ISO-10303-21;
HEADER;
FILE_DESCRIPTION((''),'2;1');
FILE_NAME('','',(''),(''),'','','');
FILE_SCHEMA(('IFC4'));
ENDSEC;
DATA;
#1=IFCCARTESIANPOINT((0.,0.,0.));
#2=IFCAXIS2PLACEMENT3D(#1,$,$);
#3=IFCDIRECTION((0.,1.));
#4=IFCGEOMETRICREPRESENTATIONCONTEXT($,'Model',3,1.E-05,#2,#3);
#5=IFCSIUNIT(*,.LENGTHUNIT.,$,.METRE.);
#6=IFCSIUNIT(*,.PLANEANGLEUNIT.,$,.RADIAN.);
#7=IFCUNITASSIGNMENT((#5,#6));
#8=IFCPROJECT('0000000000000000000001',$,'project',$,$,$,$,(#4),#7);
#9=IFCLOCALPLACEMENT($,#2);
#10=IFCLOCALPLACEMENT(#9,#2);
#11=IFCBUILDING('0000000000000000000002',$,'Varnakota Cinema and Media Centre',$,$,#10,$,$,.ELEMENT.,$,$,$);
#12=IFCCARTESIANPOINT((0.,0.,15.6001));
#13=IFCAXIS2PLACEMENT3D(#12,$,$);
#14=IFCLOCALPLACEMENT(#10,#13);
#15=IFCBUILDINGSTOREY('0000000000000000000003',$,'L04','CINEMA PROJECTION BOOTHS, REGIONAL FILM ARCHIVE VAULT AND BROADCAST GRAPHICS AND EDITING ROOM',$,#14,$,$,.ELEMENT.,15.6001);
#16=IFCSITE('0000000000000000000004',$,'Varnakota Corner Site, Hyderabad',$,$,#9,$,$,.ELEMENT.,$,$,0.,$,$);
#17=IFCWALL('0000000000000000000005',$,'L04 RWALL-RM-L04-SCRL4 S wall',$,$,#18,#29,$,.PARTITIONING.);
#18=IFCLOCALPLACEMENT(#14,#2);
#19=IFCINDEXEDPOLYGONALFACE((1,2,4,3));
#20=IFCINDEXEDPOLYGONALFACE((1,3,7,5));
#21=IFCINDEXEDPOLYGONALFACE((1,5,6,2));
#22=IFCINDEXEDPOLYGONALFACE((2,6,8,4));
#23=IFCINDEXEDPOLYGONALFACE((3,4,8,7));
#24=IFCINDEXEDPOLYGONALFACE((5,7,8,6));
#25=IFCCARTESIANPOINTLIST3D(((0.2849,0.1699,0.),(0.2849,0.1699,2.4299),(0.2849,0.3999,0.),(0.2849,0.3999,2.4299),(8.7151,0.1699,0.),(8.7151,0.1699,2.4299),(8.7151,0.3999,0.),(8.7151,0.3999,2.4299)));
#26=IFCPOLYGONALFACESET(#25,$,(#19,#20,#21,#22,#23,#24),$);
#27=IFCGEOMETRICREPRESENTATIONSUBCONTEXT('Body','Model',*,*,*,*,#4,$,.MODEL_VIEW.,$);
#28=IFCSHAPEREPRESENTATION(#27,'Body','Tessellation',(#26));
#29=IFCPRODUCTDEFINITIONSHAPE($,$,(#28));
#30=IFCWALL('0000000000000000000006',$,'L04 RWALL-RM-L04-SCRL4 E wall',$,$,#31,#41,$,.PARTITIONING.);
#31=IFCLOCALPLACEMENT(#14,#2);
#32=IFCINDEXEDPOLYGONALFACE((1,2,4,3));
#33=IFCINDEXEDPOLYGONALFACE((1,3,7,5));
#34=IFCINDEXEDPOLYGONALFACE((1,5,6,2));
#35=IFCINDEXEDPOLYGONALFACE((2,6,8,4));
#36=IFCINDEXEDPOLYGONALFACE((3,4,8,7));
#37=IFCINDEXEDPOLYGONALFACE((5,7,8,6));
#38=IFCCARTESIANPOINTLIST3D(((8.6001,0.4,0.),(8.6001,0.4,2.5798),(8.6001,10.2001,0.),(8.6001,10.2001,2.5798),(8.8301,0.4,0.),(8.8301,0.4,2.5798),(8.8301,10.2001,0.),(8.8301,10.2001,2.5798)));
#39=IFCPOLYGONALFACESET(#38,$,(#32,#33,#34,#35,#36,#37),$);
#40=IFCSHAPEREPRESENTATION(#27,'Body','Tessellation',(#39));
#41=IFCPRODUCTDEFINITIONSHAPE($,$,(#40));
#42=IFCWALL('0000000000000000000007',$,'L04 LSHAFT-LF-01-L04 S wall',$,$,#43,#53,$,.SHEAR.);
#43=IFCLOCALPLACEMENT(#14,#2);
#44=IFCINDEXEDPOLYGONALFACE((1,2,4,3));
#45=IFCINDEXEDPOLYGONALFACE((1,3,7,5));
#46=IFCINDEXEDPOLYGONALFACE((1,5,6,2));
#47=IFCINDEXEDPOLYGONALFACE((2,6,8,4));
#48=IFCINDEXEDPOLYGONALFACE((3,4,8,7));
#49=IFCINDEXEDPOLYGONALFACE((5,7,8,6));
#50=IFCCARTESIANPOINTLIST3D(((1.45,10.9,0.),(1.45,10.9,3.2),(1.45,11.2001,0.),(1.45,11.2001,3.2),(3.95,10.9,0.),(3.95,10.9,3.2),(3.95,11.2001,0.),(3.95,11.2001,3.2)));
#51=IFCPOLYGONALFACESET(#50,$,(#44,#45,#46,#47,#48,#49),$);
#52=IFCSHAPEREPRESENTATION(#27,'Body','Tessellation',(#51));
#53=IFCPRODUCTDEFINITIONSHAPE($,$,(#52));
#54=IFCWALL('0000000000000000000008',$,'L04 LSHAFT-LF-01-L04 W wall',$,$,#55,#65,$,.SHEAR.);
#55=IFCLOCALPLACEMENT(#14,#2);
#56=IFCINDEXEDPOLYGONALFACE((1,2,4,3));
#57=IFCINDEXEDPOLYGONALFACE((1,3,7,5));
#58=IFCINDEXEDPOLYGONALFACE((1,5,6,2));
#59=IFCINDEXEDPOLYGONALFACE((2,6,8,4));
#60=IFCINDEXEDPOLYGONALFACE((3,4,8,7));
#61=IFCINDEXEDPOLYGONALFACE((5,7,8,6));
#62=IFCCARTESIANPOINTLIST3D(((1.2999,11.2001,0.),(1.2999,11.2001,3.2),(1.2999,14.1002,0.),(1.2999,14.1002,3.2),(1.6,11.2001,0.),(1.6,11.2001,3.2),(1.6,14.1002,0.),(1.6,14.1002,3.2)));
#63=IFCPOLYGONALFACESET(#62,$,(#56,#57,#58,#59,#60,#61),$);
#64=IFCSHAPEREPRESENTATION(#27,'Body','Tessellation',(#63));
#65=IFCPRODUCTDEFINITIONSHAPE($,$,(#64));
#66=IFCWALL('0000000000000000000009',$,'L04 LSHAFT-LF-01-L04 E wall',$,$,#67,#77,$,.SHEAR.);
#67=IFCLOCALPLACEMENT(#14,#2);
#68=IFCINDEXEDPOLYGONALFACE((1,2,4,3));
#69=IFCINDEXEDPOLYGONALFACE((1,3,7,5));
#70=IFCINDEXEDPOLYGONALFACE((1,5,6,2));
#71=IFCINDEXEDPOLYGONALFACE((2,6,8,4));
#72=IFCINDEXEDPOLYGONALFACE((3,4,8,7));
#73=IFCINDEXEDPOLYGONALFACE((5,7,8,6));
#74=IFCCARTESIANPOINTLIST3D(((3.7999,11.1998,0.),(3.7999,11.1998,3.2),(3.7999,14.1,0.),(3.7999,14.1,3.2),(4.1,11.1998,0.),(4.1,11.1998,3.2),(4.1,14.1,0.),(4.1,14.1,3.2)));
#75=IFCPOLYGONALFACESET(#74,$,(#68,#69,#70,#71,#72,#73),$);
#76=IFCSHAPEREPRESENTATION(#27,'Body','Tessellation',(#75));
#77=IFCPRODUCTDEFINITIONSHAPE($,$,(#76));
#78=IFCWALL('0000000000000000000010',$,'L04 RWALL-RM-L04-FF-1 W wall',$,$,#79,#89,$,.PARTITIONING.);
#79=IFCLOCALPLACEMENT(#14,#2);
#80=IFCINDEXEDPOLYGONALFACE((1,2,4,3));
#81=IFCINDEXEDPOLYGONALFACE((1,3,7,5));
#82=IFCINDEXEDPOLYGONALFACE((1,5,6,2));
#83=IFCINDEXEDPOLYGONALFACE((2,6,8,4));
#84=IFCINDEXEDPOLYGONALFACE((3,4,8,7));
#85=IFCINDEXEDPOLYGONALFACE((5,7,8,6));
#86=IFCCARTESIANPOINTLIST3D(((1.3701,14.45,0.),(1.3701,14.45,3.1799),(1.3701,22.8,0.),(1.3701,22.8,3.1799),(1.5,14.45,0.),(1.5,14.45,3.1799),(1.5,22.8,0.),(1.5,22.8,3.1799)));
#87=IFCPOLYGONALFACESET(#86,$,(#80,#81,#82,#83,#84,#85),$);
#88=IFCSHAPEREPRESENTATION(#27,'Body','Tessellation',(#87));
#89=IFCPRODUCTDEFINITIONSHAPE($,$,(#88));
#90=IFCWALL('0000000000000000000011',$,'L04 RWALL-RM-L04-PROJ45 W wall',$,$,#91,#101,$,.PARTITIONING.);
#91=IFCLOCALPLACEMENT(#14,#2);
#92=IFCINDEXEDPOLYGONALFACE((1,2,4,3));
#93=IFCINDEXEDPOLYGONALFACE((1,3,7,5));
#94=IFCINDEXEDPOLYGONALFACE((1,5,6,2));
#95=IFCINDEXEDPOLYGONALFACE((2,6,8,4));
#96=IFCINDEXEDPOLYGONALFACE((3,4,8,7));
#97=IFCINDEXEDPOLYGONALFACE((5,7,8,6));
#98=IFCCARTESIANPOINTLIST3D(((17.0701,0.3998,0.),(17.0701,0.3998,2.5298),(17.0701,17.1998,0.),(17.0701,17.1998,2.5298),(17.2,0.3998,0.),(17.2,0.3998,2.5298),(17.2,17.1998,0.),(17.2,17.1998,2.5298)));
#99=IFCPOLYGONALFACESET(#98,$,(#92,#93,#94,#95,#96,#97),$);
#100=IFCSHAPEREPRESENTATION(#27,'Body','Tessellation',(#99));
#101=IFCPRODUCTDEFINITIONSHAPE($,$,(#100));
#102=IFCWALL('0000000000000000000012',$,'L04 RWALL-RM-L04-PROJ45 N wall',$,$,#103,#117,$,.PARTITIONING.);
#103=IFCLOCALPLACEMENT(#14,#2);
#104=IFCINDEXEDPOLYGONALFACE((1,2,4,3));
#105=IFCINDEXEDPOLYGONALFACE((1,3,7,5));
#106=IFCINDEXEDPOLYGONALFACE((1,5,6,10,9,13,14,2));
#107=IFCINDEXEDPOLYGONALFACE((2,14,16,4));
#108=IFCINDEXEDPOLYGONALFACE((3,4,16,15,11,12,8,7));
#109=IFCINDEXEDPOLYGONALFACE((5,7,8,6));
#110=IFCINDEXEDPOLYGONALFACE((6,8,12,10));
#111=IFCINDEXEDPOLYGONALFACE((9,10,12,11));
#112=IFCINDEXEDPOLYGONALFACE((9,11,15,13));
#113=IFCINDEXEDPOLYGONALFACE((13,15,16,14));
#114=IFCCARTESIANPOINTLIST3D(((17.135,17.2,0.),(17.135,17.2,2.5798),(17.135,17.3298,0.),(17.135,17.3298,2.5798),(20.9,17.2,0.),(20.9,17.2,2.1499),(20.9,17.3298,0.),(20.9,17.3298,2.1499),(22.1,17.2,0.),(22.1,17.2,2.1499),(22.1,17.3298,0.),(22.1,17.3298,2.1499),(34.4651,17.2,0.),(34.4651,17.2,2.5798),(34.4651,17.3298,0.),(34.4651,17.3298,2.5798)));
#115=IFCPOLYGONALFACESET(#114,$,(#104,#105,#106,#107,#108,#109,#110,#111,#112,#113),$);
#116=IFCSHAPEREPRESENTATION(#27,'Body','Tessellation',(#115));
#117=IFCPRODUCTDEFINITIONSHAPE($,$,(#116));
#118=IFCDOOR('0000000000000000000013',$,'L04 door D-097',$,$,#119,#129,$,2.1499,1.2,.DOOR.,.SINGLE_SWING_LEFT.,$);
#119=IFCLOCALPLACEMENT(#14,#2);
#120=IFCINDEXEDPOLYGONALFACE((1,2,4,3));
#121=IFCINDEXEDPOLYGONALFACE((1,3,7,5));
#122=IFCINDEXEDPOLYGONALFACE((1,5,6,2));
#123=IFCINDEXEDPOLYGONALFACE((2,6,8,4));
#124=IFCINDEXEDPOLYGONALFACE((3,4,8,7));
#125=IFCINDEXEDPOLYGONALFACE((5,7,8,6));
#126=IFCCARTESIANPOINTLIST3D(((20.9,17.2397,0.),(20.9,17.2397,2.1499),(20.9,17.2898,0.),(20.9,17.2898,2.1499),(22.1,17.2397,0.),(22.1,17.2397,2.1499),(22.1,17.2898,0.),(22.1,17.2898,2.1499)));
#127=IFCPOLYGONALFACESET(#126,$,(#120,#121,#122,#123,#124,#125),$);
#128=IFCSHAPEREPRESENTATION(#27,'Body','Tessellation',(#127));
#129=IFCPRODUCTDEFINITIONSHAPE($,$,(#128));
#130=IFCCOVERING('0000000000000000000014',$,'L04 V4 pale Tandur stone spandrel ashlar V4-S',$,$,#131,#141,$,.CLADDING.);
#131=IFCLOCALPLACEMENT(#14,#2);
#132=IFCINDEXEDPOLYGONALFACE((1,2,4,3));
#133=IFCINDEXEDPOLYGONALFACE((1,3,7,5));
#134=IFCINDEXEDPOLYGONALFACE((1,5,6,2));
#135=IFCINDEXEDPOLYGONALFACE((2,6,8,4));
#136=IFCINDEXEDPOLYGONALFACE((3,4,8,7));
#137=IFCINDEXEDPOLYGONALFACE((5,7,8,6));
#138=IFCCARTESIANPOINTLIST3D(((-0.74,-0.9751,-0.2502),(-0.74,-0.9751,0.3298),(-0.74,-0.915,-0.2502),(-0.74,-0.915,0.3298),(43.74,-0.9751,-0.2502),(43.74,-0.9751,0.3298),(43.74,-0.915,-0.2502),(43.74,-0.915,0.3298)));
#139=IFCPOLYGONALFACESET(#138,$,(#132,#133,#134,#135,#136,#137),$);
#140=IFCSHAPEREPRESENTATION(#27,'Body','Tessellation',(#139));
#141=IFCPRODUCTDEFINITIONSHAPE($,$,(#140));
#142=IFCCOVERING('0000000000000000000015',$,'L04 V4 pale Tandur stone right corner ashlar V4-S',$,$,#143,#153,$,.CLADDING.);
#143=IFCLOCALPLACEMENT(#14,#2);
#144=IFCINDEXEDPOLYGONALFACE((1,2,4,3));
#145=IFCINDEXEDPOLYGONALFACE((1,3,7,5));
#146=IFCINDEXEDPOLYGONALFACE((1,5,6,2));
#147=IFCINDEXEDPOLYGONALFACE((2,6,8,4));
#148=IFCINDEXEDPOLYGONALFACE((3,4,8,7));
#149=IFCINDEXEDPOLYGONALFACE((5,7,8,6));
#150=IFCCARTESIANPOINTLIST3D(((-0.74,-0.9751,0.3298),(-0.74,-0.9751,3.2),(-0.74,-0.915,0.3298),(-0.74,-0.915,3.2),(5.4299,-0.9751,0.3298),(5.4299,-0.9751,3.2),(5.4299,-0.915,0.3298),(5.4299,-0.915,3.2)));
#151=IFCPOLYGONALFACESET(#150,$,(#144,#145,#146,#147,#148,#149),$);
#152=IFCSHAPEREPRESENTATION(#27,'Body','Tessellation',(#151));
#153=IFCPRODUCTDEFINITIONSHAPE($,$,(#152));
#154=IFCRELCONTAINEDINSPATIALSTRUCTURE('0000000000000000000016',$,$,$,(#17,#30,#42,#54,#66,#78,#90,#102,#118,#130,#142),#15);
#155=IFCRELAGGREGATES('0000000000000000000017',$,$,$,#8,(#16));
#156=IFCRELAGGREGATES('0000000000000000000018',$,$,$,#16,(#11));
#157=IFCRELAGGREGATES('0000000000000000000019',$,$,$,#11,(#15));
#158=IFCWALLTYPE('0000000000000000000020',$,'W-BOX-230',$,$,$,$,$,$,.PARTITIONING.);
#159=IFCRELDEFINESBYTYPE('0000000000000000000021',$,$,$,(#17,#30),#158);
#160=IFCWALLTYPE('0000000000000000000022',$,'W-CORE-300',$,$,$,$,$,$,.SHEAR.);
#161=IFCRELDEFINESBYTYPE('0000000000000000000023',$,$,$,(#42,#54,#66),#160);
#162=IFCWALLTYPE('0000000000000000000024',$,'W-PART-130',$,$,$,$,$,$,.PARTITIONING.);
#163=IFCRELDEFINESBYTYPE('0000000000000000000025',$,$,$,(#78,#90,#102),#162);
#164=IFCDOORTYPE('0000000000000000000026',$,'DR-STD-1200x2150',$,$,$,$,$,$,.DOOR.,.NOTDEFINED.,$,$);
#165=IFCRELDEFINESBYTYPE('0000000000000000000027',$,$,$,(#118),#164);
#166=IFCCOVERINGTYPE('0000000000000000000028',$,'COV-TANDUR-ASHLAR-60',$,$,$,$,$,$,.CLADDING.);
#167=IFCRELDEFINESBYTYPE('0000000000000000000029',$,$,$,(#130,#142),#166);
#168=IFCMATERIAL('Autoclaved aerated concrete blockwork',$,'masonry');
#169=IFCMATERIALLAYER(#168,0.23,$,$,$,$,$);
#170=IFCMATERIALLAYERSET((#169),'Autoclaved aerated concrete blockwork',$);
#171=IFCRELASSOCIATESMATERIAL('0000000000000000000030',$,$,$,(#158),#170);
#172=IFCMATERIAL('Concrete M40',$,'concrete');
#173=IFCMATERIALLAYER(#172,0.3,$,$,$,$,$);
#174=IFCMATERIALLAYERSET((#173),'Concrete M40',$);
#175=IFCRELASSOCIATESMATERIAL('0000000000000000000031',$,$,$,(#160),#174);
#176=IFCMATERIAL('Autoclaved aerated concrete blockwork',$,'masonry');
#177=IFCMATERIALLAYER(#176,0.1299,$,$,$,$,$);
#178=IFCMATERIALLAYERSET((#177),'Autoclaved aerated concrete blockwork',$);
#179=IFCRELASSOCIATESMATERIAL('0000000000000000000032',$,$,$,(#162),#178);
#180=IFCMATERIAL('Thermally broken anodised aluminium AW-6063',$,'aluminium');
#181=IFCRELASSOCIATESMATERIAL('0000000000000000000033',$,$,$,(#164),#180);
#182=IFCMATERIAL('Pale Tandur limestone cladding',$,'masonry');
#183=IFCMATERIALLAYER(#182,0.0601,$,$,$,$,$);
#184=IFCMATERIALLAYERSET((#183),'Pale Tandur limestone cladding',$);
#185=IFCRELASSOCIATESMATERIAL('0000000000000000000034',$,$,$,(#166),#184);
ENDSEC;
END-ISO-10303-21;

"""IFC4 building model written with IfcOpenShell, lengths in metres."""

from ifc_helpers import new_model, si_unit, direction, frame, frame_2d, origin, origin_2d, place, context, subcontext, project, spatial, rectangle, extrude, material, layer, layer_set, type_object, element, fill, save


model = new_model("IFC4")

# Units and contexts
model_context = context("Model", 3, precision=1e-05, world=origin(), true_north=direction((0.0, 1.0)))
body_context = subcontext(model_context, "Body", "Model", "MODEL_VIEW")
ifc_project = project(units=[si_unit("LENGTHUNIT", "METRE"), si_unit("PLANEANGLEUNIT", "RADIAN")], contexts=[model_context])

# Site, building, storey
site_placement = place(None, origin())
site = spatial("IfcSite", under=ifc_project, at=site_placement, Name="Varnakota Corner Site, Hyderabad", CompositionType="ELEMENT", RefElevation=0.0)
building_placement = place(site_placement, origin())
building = spatial("IfcBuilding", under=site, at=building_placement, Name="Varnakota Cinema and Media Centre", CompositionType="ELEMENT")
storey_placement = place(building_placement, frame((0.0, 0.0, 15.6001)))
storey = spatial("IfcBuildingStorey", under=building, at=storey_placement, Name="L04", Description="CINEMA PROJECTION BOOTHS, REGIONAL FILM ARCHIVE VAULT AND BROADCAST GRAPHICS AND EDITING ROOM", CompositionType="ELEMENT", Elevation=15.6001)

# Walls
ifc_material_1 = material(Name="Autoclaved aerated concrete blockwork", Category="masonry")
ifc_layer_1 = layer(ifc_material_1, 0.23)
ifc_layer_set_1 = layer_set([ifc_layer_1], Name="Autoclaved aerated concrete blockwork")
wall_type_1 = type_object("IfcWallType", Name="W-BOX-230", PredefinedType="PARTITIONING", material=ifc_layer_set_1)
wall_1_placement = place(storey_placement, frame((8.7151, 0.2849, 0.0), z_axis=(0.0, 0.0, 1.0), x_axis=(-1.0, 0.0, 0.0)))
element("IfcWall", 1, at=wall_1_placement, inside=storey, type_object=wall_type_1, Name="L04 RWALL-RM-L04-SCRL4 S wall", PredefinedType="PARTITIONING", context=body_context, shape_type="SweptSolid", body=[
    extrude(rectangle(XDim=8.4302, YDim=0.23, at=frame_2d((4.2151, 0.0))), origin(), (0.0, 0.0, 1.0), 2.4299),
])
wall_2_placement = place(storey_placement, frame((8.7151, 10.2, 0.0), z_axis=(0.0, 0.0, 1.0), x_axis=(0.0, -1.0, 0.0)))
element("IfcWall", 2, at=wall_2_placement, inside=storey, type_object=wall_type_1, Name="L04 RWALL-RM-L04-SCRL4 E wall", PredefinedType="PARTITIONING", context=body_context, shape_type="SweptSolid", body=[
    extrude(rectangle(XDim=9.8, YDim=0.23, at=frame_2d((4.8999, 0.0))), origin(), (0.0, 0.0, 1.0), 2.5798),
])
ifc_material_2 = material(Name="Concrete M40", Category="concrete")
ifc_layer_2 = layer(ifc_material_2, 0.3)
ifc_layer_set_2 = layer_set([ifc_layer_2], Name="Concrete M40")
wall_type_2 = type_object("IfcWallType", Name="W-CORE-300", PredefinedType="SHEAR", material=ifc_layer_set_2)
wall_3_placement = place(storey_placement, frame((3.95, 11.05, 0.0), z_axis=(0.0, 0.0, 1.0), x_axis=(-1.0, 0.0, 0.0)))
element("IfcWall", 3, at=wall_3_placement, inside=storey, type_object=wall_type_2, Name="L04 LSHAFT-LF-01-L04 S wall", PredefinedType="SHEAR", context=body_context, shape_type="SweptSolid", body=[
    extrude(rectangle(XDim=2.5, YDim=0.3, at=frame_2d((1.25, 0.0))), origin(), (0.0, 0.0, 1.0), 3.2),
])
wall_4_placement = place(storey_placement, frame((1.45, 11.2, 0.0), z_axis=(0.0, 0.0, 1.0), x_axis=(0.0, 1.0, 0.0)))
element("IfcWall", 4, at=wall_4_placement, inside=storey, type_object=wall_type_2, Name="L04 LSHAFT-LF-01-L04 W wall", PredefinedType="SHEAR", context=body_context, shape_type="SweptSolid", body=[
    extrude(rectangle(XDim=2.9001, YDim=0.3, at=frame_2d((1.4502, 0.0))), origin(), (0.0, 0.0, 1.0), 3.2),
])

# Walls
wall_5_placement = place(storey_placement, frame((3.95, 14.1001, 0.0), z_axis=(0.0, 0.0, 1.0), x_axis=(0.0, -1.0, 0.0)))
element("IfcWall", 5, at=wall_5_placement, inside=storey, type_object=wall_type_2, Name="L04 LSHAFT-LF-01-L04 E wall", PredefinedType="SHEAR", context=body_context, shape_type="SweptSolid", body=[
    extrude(rectangle(XDim=2.9001, YDim=0.3, at=frame_2d((1.4502, 0.0))), origin(), (0.0, 0.0, 1.0), 3.2),
])
ifc_material_3 = material(Name="Autoclaved aerated concrete blockwork", Category="masonry")
ifc_layer_3 = layer(ifc_material_3, 0.1299)
ifc_layer_set_3 = layer_set([ifc_layer_3], Name="Autoclaved aerated concrete blockwork")
wall_type_3 = type_object("IfcWallType", Name="W-PART-130", PredefinedType="PARTITIONING", material=ifc_layer_set_3)
wall_6_placement = place(storey_placement, frame((1.4351, 14.45, 0.0), z_axis=(0.0, 0.0, 1.0), x_axis=(0.0, 1.0, 0.0)))
element("IfcWall", 6, at=wall_6_placement, inside=storey, type_object=wall_type_3, Name="L04 RWALL-RM-L04-FF-1 W wall", PredefinedType="PARTITIONING", context=body_context, shape_type="SweptSolid", body=[
    extrude(rectangle(XDim=8.3501, YDim=0.1299, at=frame_2d((4.175, 0.0))), origin(), (0.0, 0.0, 1.0), 3.1799),
])
wall_7_placement = place(storey_placement, frame((17.135, 0.3999, 0.0), z_axis=(0.0, 0.0, 1.0), x_axis=(0.0, 1.0, 0.0)))
element("IfcWall", 7, at=wall_7_placement, inside=storey, type_object=wall_type_3, Name="L04 RWALL-RM-L04-PROJ45 W wall", PredefinedType="PARTITIONING", context=body_context, shape_type="SweptSolid", body=[
    extrude(rectangle(XDim=16.8, YDim=0.1299, at=frame_2d((8.3999, 0.0))), origin(), (0.0, 0.0, 1.0), 2.5298),
])

# Wall, opening, door
wall_8_placement = place(storey_placement, frame((17.135, 17.2649, 0.0), z_axis=(0.0, 0.0, 1.0), x_axis=(1.0, 0.0, 0.0)))
wall_8 = element("IfcWall", 8, at=wall_8_placement, inside=storey, type_object=wall_type_3, Name="L04 RWALL-RM-L04-PROJ45 N wall", PredefinedType="PARTITIONING", context=body_context, shape_type="SweptSolid", body=[
    extrude(rectangle(XDim=17.3301, YDim=0.1299, at=frame_2d((8.665, 0.0))), origin(), (0.0, 0.0, 1.0), 2.5798),
])
opening_1_placement = place(wall_8_placement, frame((3.7649, 0.0, 0.0)))
opening_1 = element("IfcOpeningElement", 9, at=opening_1_placement, cuts=wall_8, PredefinedType="OPENING", context=body_context, shape_type="SweptSolid", body=[
    extrude(rectangle(XDim=1.2, YDim=2.1499, at=frame_2d((0.6001, 1.075))), frame((0.0, 0.0649, 0.0), z_axis=(0.0, -1.0, 0.0), x_axis=(1.0, 0.0, 0.0)), (0.0, 0.0, 1.0), 0.1299),
])
ifc_material_4 = material(Name="Thermally broken anodised aluminium AW-6063", Category="aluminium")
door_type_1 = type_object("IfcDoorType", Name="DR-STD-1200x2150", OperationType="NOTDEFINED", PredefinedType="DOOR", material=ifc_material_4)
door_1_placement = place(opening_1_placement, origin())
door_1 = element("IfcDoor", 10, at=door_1_placement, inside=storey, type_object=door_type_1, Name="L04 door D-097", OperationType="SINGLE_SWING_LEFT", OverallHeight=2.1499, OverallWidth=1.2, PredefinedType="DOOR", context=body_context, shape_type="SweptSolid", body=[
    extrude(rectangle(XDim=1.2, YDim=2.1499, at=frame_2d((0.6001, 1.075))), frame((0.0, 0.0249, 0.0), z_axis=(0.0, -1.0, 0.0), x_axis=(1.0, 0.0, 0.0)), (0.0, 0.0, 1.0), 0.05),
])
fill(opening_1, door_1)

# Coverings
ifc_material_5 = material(Name="Pale Tandur limestone cladding", Category="masonry")
ifc_layer_4 = layer(ifc_material_5, 0.0601)
ifc_layer_set_4 = layer_set([ifc_layer_4], Name="Pale Tandur limestone cladding")
covering_type = type_object("IfcCoveringType", Name="COV-TANDUR-ASHLAR-60", PredefinedType="CLADDING", material=ifc_layer_set_4)
covering_1_placement = place(storey_placement, frame((21.5, -0.9451, -0.2502), z_axis=(0.0, 0.0, 1.0), x_axis=(-1.0, 0.0, 0.0)))
element("IfcCovering", 11, at=covering_1_placement, inside=storey, type_object=covering_type, Name="L04 V4 pale Tandur stone spandrel ashlar V4-S", PredefinedType="CLADDING", context=body_context, shape_type="SweptSolid", body=[
    extrude(rectangle(XDim=44.48, YDim=0.0601, at=origin_2d()), origin(), (0.0, 0.0, 1.0), 0.5801),
])
covering_2_placement = place(storey_placement, frame((2.345, -0.9451, 0.3298), z_axis=(0.0, 0.0, 1.0), x_axis=(-1.0, 0.0, 0.0)))
element("IfcCovering", 12, at=covering_2_placement, inside=storey, type_object=covering_type, Name="L04 V4 pale Tandur stone right corner ashlar V4-S", PredefinedType="CLADDING", context=body_context, shape_type="SweptSolid", body=[
    extrude(rectangle(XDim=6.1699, YDim=0.0601, at=origin_2d()), origin(), (0.0, 0.0, 1.0), 2.8701),
])

save(model, "model.ifc")
